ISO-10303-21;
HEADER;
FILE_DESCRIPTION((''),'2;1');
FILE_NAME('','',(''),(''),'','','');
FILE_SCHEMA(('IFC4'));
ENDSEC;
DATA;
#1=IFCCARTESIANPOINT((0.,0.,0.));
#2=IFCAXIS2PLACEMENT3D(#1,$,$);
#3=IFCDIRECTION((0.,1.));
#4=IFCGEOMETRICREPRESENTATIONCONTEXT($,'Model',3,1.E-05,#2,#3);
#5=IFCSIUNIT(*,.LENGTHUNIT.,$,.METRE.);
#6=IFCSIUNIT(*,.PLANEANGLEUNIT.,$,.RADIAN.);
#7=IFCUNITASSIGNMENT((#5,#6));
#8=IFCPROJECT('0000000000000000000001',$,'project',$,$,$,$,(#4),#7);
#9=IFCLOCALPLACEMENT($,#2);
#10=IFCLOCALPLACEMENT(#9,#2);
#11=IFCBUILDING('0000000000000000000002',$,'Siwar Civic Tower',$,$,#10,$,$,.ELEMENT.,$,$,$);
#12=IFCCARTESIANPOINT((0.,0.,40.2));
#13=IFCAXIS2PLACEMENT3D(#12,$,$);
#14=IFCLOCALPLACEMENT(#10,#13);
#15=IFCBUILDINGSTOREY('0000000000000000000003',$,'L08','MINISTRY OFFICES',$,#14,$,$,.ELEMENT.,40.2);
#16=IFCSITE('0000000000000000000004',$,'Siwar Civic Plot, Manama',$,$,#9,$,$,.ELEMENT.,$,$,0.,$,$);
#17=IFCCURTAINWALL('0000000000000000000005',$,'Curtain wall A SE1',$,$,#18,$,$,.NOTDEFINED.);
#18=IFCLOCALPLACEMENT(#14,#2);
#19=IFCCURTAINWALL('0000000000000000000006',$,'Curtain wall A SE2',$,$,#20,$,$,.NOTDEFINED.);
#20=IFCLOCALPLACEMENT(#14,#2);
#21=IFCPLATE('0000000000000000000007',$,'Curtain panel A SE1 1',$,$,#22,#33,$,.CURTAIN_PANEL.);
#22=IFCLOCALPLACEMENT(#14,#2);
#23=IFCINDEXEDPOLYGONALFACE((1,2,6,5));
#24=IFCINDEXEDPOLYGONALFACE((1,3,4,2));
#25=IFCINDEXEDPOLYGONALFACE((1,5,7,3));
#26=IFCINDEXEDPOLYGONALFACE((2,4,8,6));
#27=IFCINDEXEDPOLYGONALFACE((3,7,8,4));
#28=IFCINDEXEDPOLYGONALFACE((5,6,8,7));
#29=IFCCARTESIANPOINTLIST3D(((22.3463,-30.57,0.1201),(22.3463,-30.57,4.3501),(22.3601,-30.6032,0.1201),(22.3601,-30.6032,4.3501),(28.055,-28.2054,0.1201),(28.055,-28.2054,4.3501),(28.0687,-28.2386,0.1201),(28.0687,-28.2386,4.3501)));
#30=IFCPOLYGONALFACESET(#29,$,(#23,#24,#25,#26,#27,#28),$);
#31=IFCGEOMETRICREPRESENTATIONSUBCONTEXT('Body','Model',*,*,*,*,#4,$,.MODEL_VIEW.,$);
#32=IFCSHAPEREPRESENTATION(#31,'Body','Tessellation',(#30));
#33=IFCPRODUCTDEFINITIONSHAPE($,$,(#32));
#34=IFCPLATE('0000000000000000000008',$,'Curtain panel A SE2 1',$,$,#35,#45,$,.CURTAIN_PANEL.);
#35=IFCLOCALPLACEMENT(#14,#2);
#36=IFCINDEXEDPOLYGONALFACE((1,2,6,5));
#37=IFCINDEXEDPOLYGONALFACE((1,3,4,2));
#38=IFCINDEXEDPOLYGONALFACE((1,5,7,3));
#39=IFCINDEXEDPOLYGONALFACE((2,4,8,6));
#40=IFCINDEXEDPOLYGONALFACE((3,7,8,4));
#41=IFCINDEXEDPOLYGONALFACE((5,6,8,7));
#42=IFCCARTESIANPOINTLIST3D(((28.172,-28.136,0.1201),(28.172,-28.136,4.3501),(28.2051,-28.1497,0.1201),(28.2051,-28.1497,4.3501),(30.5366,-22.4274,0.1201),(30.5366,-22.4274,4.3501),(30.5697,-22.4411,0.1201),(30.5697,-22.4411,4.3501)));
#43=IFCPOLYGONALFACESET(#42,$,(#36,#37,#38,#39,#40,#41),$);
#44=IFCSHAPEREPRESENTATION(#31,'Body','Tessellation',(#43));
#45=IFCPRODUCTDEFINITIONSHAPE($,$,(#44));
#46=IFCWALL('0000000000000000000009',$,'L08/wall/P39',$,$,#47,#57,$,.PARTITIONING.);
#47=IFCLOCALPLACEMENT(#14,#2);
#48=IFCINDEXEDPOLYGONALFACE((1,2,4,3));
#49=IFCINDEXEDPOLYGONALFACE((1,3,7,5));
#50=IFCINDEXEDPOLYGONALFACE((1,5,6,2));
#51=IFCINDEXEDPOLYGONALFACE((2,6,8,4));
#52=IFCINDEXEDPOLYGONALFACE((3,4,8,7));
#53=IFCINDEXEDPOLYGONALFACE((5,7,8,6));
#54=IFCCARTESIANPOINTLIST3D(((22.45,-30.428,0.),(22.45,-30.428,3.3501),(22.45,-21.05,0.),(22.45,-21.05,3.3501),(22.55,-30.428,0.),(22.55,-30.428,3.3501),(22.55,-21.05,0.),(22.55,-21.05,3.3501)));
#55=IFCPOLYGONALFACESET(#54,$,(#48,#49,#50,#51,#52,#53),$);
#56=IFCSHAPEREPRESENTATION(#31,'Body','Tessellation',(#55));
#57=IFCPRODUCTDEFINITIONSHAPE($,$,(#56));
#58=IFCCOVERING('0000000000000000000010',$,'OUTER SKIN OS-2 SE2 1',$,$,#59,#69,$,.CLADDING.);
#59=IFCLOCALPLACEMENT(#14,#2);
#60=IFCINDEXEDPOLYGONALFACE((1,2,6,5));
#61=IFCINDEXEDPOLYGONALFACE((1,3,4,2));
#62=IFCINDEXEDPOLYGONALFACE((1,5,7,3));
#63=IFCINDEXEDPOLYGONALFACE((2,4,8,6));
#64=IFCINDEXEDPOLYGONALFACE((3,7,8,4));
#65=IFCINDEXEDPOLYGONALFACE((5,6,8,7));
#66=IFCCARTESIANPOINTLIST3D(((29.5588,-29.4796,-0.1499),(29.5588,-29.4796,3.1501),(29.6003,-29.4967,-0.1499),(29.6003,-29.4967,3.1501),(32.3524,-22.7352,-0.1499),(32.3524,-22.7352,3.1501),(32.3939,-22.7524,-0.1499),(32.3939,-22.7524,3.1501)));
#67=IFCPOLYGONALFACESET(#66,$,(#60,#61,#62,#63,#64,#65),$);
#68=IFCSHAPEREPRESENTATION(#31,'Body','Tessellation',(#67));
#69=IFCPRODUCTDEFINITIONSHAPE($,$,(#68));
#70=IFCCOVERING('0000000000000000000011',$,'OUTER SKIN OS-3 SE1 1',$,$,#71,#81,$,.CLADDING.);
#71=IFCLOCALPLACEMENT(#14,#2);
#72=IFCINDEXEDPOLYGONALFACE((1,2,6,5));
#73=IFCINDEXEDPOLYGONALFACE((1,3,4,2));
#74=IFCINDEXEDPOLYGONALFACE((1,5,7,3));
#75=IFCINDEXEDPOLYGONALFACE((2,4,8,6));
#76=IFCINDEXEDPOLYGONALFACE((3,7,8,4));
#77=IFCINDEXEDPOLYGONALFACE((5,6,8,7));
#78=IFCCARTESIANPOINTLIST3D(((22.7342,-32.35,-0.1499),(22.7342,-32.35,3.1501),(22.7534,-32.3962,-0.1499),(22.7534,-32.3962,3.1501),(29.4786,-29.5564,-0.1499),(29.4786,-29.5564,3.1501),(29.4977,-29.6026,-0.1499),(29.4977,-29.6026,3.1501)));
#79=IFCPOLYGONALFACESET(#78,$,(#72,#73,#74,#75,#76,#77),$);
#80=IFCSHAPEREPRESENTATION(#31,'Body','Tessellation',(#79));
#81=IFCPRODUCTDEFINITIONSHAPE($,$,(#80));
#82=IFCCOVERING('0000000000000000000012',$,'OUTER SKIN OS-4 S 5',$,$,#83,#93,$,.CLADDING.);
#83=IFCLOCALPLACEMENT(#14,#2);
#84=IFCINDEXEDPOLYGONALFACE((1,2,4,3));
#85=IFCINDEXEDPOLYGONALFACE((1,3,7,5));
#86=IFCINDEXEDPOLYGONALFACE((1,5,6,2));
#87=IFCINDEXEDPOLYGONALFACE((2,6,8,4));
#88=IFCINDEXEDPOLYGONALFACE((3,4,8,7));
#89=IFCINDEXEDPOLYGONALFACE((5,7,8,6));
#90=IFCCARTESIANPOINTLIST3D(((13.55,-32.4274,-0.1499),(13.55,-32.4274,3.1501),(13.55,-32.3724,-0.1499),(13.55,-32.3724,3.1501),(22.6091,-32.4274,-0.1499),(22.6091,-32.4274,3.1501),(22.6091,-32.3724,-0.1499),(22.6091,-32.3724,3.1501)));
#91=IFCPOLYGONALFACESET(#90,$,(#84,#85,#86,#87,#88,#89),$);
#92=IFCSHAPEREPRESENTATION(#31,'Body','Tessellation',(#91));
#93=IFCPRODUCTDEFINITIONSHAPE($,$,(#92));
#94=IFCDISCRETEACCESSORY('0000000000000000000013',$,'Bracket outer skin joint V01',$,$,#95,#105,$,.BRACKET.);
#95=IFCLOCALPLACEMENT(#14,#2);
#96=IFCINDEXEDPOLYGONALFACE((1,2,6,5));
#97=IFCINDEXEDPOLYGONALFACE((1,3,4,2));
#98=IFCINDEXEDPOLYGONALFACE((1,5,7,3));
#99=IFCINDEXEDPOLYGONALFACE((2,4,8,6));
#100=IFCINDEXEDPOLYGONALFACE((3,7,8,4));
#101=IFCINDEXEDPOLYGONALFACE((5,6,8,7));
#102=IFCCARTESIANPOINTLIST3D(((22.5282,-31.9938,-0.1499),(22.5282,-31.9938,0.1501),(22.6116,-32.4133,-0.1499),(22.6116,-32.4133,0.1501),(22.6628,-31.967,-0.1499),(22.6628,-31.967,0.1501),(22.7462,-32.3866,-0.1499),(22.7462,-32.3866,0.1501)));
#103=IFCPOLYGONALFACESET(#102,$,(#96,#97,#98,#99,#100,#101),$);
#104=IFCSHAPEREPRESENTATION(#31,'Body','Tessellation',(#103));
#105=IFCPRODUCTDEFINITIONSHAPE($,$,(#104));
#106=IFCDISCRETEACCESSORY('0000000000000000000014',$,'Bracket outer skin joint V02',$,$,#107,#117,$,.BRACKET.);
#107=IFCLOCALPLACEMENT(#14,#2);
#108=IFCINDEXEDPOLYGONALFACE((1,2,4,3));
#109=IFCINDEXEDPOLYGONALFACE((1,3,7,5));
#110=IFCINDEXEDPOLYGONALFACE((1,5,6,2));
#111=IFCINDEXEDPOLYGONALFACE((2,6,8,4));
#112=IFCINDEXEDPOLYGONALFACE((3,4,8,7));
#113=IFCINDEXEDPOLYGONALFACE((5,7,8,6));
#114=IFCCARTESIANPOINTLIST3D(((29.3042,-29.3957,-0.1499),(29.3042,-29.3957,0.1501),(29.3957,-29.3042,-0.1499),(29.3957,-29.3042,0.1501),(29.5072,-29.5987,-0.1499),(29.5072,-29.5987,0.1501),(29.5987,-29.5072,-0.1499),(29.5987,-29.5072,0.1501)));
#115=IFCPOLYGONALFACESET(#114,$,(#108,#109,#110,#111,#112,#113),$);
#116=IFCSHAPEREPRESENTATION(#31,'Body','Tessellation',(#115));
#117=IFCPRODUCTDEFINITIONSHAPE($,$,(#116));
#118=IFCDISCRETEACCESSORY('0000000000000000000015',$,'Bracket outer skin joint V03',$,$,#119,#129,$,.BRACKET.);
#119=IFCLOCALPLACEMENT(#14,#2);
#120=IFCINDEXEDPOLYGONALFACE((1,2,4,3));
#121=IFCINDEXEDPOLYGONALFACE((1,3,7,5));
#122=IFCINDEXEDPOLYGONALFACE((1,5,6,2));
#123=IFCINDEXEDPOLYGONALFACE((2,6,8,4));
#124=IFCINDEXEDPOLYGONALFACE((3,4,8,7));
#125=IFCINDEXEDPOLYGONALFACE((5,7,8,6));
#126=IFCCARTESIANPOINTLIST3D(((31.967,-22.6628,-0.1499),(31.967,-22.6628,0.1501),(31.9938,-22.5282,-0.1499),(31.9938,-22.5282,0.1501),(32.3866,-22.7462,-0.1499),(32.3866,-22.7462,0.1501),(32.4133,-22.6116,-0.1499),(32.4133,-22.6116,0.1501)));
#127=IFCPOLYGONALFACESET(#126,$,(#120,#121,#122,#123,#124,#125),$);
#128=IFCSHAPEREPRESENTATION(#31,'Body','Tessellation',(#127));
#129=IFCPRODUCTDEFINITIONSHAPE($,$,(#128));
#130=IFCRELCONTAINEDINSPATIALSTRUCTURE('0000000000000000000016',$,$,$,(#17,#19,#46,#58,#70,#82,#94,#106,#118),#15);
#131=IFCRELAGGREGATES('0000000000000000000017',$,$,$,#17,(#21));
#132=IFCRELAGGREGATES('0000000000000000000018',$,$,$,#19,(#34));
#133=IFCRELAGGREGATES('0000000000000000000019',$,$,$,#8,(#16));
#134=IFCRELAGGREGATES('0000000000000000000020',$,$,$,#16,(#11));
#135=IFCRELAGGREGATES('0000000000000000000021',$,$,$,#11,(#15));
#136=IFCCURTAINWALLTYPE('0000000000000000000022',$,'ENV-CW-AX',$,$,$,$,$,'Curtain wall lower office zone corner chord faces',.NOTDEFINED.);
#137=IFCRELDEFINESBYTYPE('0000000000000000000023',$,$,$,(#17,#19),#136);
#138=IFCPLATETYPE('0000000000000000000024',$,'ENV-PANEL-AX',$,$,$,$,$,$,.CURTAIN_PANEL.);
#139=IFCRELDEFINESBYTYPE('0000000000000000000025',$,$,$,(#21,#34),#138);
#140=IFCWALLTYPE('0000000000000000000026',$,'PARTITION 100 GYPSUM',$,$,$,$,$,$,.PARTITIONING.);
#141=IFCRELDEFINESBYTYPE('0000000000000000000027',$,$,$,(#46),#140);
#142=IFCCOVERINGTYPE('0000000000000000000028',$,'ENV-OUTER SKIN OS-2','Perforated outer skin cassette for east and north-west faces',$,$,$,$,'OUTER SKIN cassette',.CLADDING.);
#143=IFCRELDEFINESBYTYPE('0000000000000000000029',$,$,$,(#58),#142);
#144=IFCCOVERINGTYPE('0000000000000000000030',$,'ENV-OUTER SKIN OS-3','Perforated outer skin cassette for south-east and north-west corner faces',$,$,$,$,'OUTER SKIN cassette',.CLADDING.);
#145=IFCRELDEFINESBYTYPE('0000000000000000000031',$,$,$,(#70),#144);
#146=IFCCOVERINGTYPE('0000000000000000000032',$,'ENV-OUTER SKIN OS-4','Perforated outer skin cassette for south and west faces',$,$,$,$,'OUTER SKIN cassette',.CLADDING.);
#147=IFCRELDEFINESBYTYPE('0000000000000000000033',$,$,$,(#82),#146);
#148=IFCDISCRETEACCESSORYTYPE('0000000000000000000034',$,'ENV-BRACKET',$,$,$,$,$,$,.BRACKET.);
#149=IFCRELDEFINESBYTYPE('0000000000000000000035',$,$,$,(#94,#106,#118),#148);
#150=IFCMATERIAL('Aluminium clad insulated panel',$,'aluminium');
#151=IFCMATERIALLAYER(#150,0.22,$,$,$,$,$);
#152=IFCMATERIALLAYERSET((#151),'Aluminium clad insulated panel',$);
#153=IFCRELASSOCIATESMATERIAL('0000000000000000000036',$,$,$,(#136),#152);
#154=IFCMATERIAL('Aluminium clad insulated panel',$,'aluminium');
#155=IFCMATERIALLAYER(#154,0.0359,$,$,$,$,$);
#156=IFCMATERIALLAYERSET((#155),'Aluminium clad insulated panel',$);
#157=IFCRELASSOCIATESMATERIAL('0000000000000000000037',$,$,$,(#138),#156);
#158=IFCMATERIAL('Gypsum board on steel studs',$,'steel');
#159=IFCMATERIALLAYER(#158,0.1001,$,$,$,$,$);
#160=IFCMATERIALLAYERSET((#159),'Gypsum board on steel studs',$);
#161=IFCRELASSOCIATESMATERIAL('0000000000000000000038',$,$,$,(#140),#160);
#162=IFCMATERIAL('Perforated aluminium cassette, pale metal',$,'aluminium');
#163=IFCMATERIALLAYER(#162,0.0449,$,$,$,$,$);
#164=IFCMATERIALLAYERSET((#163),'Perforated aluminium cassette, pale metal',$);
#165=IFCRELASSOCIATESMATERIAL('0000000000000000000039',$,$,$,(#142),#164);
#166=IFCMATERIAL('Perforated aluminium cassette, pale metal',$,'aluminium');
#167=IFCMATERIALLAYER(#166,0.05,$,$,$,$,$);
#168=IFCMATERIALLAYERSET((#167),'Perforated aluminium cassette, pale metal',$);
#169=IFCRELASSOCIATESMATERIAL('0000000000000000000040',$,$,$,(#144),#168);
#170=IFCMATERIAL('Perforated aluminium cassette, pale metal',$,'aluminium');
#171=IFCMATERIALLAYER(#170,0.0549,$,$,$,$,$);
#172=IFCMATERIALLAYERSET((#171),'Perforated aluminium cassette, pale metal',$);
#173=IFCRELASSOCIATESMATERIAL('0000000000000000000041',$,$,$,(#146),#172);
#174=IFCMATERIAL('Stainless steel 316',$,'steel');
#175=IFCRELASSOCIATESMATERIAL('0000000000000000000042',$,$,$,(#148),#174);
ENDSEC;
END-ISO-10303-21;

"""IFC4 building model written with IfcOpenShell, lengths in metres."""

from ifc_helpers import new_model, si_unit, direction, frame, frame_2d, origin, origin_2d, place, context, subcontext, project, spatial, rectangle, extrude, material, layer, layer_set, type_object, element, aggregate, save


model = new_model("IFC4")

# Units and contexts
model_context = context("Model", 3, precision=1e-05, world=origin(), true_north=direction((0.0, 1.0)))
body_context = subcontext(model_context, "Body", "Model", "MODEL_VIEW")
ifc_project = project(units=[si_unit("LENGTHUNIT", "METRE"), si_unit("PLANEANGLEUNIT", "RADIAN")], contexts=[model_context])

# Site, building, storey
site_placement = place(None, origin())
site = spatial("IfcSite", under=ifc_project, at=site_placement, Name="Siwar Civic Plot, Manama", CompositionType="ELEMENT", RefElevation=0.0)
building_placement = place(site_placement, origin())
building = spatial("IfcBuilding", under=site, at=building_placement, Name="Siwar Civic Tower", CompositionType="ELEMENT")
storey_placement = place(building_placement, frame((0.0, 0.0, 40.2)))
storey = spatial("IfcBuildingStorey", under=building, at=storey_placement, Name="L08", Description="MINISTRY OFFICES", CompositionType="ELEMENT", Elevation=40.2)

# Curtain walls
ifc_material_1 = material(Name="Aluminium clad insulated panel", Category="aluminium")
ifc_layer_1 = layer(ifc_material_1, 0.22)
ifc_layer_set_1 = layer_set([ifc_layer_1], Name="Aluminium clad insulated panel")
curtain_wall_type_1 = type_object("IfcCurtainWallType", Name="ENV-CW-AX", ElementType="Curtain wall lower office zone corner chord faces", PredefinedType="NOTDEFINED", material=ifc_layer_set_1)
curtain_wall_1_placement = place(storey_placement, origin())
curtain_wall_1 = element("IfcCurtainWall", 1, at=curtain_wall_1_placement, inside=storey, type_object=curtain_wall_type_1, Name="Curtain wall A SE1", PredefinedType="NOTDEFINED")
curtain_wall_2_placement = place(storey_placement, origin())
curtain_wall_2 = element("IfcCurtainWall", 2, at=curtain_wall_2_placement, inside=storey, type_object=curtain_wall_type_1, Name="Curtain wall A SE2", PredefinedType="NOTDEFINED")

# Plates
ifc_material_2 = material(Name="Aluminium clad insulated panel", Category="aluminium")
ifc_layer_2 = layer(ifc_material_2, 0.0359)
ifc_layer_set_2 = layer_set([ifc_layer_2], Name="Aluminium clad insulated panel")
plate_type_1 = type_object("IfcPlateType", Name="ENV-PANEL-AX", PredefinedType="CURTAIN_PANEL", material=ifc_layer_set_2)
plate_1_placement = place(storey_placement, frame((25.2075, -29.4043, 0.1201), z_axis=(0.0, 0.0, 1.0), x_axis=(0.92388, 0.382683, 0.0)))
plate_1 = element("IfcPlate", 3, at=plate_1_placement, type_object=plate_type_1, Name="Curtain panel A SE1 1", PredefinedType="CURTAIN_PANEL", context=body_context, shape_type="SweptSolid", body=[
    extrude(rectangle(XDim=6.179, YDim=0.0359, at=origin_2d()), origin(), (0.0, 0.0, 1.0), 4.23),
])
aggregate(curtain_wall_1, [plate_1])
plate_2_placement = place(storey_placement, frame((29.3708, -25.2886, 0.1201), z_axis=(0.0, 0.0, 1.0), x_axis=(0.382683, 0.92388, 0.0)))
plate_2 = element("IfcPlate", 4, at=plate_2_placement, type_object=plate_type_1, Name="Curtain panel A SE2 1", PredefinedType="CURTAIN_PANEL", context=body_context, shape_type="SweptSolid", body=[
    extrude(rectangle(XDim=6.179, YDim=0.0359, at=origin_2d()), origin(), (0.0, 0.0, 1.0), 4.23),
])
aggregate(curtain_wall_2, [plate_2])

# Wall
ifc_material_3 = material(Name="Gypsum board on steel studs", Category="steel")
ifc_layer_3 = layer(ifc_material_3, 0.1001)
ifc_layer_set_3 = layer_set([ifc_layer_3], Name="Gypsum board on steel studs")
wall_type = type_object("IfcWallType", Name="PARTITION 100 GYPSUM", PredefinedType="PARTITIONING", material=ifc_layer_set_3)
wall_placement = place(storey_placement, frame((22.5, -30.428, 0.0), z_axis=(0.0, 0.0, 1.0), x_axis=(0.0, 1.0, 0.0)))
element("IfcWall", 5, at=wall_placement, inside=storey, type_object=wall_type, Name="L08/wall/P39", PredefinedType="PARTITIONING", context=body_context, shape_type="SweptSolid", body=[
    extrude(rectangle(XDim=9.3779, YDim=0.1001, at=frame_2d((4.689, 0.0))), origin(), (0.0, 0.0, 1.0), 3.3501),
])

# Coverings
ifc_material_4 = material(Name="Perforated aluminium cassette, pale metal", Category="aluminium")
ifc_layer_4 = layer(ifc_material_4, 0.0449)
ifc_layer_set_4 = layer_set([ifc_layer_4], Name="Perforated aluminium cassette, pale metal")
covering_type_1 = type_object("IfcCoveringType", Name="ENV-OUTER SKIN OS-2", Description="Perforated outer skin cassette for east and north-west faces", ElementType="OUTER SKIN cassette", PredefinedType="CLADDING", material=ifc_layer_set_4)
covering_1_placement = place(storey_placement, frame((30.9763, -26.116, -0.1499), z_axis=(0.0, 0.0, 1.0), x_axis=(0.382683, 0.92388, 0.0)))
element("IfcCovering", 6, at=covering_1_placement, inside=storey, type_object=covering_type_1, Name="OUTER SKIN OS-2 SE2 1", PredefinedType="CLADDING", context=body_context, shape_type="SweptSolid", body=[
    extrude(rectangle(XDim=7.3, YDim=0.0449, at=origin_2d()), origin(), (0.0, 0.0, 1.0), 3.3),
])
ifc_material_5 = material(Name="Perforated aluminium cassette, pale metal", Category="aluminium")
ifc_layer_5 = layer(ifc_material_5, 0.05)
ifc_layer_set_5 = layer_set([ifc_layer_5], Name="Perforated aluminium cassette, pale metal")
covering_type_2 = type_object("IfcCoveringType", Name="ENV-OUTER SKIN OS-3", Description="Perforated outer skin cassette for south-east and north-west corner faces", ElementType="OUTER SKIN cassette", PredefinedType="CLADDING", material=ifc_layer_set_5)
covering_2_placement = place(storey_placement, frame((26.116, -30.9763, -0.1499), z_axis=(0.0, 0.0, 1.0), x_axis=(0.92388, 0.382683, 0.0)))
element("IfcCovering", 7, at=covering_2_placement, inside=storey, type_object=covering_type_2, Name="OUTER SKIN OS-3 SE1 1", PredefinedType="CLADDING", context=body_context, shape_type="SweptSolid", body=[
    extrude(rectangle(XDim=7.3, YDim=0.05, at=origin_2d()), origin(), (0.0, 0.0, 1.0), 3.3),
])
ifc_material_6 = material(Name="Perforated aluminium cassette, pale metal", Category="aluminium")
ifc_layer_6 = layer(ifc_material_6, 0.0549)
ifc_layer_set_6 = layer_set([ifc_layer_6], Name="Perforated aluminium cassette, pale metal")
covering_type_3 = type_object("IfcCoveringType", Name="ENV-OUTER SKIN OS-4", Description="Perforated outer skin cassette for south and west faces", ElementType="OUTER SKIN cassette", PredefinedType="CLADDING", material=ifc_layer_set_6)
covering_3_placement = place(storey_placement, frame((18.0796, -32.3999, -0.1499), z_axis=(0.0, 0.0, 1.0), x_axis=(1.0, 0.0, 0.0)))
element("IfcCovering", 8, at=covering_3_placement, inside=storey, type_object=covering_type_3, Name="OUTER SKIN OS-4 S 5", PredefinedType="CLADDING", context=body_context, shape_type="SweptSolid", body=[
    extrude(rectangle(XDim=9.0591, YDim=0.0549, at=origin_2d()), origin(), (0.0, 0.0, 1.0), 3.3),
])

# Discrete accessories
ifc_material_7 = material(Name="Stainless steel 316", Category="steel")
discrete_accessory_type = type_object("IfcDiscreteAccessoryType", Name="ENV-BRACKET", PredefinedType="BRACKET", material=ifc_material_7)
discrete_accessory_1_placement = place(storey_placement, frame((22.6372, -32.1902, -0.1499), z_axis=(0.0, 0.0, 1.0), x_axis=(0.19509, -0.980785, 0.0)))
element("IfcDiscreteAccessory", 9, at=discrete_accessory_1_placement, inside=storey, type_object=discrete_accessory_type, Name="Bracket outer skin joint V01", PredefinedType="BRACKET", context=body_context, shape_type="SweptSolid", body=[
    extrude(rectangle(XDim=0.4277, YDim=0.1372, at=origin_2d()), origin(), (0.0, 0.0, 1.0), 0.3),
])
discrete_accessory_2_placement = place(storey_placement, frame((29.4514, -29.4514, -0.1499), z_axis=(0.0, 0.0, 1.0), x_axis=(0.707107, -0.707107, 0.0)))
element("IfcDiscreteAccessory", 10, at=discrete_accessory_2_placement, inside=storey, type_object=discrete_accessory_type, Name="Bracket outer skin joint V02", PredefinedType="BRACKET", context=body_context, shape_type="SweptSolid", body=[
    extrude(rectangle(XDim=0.2871, YDim=0.1294, at=origin_2d()), origin(), (0.0, 0.0, 1.0), 0.3),
])
discrete_accessory_3_placement = place(storey_placement, frame((32.1902, -22.6372, -0.1499), z_axis=(0.0, 0.0, 1.0), x_axis=(0.980785, -0.19509, 0.0)))
element("IfcDiscreteAccessory", 11, at=discrete_accessory_3_placement, inside=storey, type_object=discrete_accessory_type, Name="Bracket outer skin joint V03", PredefinedType="BRACKET", context=body_context, shape_type="SweptSolid", body=[
    extrude(rectangle(XDim=0.4277, YDim=0.1372, at=origin_2d()), origin(), (0.0, 0.0, 1.0), 0.3),
])

save(model, "model.ifc")
